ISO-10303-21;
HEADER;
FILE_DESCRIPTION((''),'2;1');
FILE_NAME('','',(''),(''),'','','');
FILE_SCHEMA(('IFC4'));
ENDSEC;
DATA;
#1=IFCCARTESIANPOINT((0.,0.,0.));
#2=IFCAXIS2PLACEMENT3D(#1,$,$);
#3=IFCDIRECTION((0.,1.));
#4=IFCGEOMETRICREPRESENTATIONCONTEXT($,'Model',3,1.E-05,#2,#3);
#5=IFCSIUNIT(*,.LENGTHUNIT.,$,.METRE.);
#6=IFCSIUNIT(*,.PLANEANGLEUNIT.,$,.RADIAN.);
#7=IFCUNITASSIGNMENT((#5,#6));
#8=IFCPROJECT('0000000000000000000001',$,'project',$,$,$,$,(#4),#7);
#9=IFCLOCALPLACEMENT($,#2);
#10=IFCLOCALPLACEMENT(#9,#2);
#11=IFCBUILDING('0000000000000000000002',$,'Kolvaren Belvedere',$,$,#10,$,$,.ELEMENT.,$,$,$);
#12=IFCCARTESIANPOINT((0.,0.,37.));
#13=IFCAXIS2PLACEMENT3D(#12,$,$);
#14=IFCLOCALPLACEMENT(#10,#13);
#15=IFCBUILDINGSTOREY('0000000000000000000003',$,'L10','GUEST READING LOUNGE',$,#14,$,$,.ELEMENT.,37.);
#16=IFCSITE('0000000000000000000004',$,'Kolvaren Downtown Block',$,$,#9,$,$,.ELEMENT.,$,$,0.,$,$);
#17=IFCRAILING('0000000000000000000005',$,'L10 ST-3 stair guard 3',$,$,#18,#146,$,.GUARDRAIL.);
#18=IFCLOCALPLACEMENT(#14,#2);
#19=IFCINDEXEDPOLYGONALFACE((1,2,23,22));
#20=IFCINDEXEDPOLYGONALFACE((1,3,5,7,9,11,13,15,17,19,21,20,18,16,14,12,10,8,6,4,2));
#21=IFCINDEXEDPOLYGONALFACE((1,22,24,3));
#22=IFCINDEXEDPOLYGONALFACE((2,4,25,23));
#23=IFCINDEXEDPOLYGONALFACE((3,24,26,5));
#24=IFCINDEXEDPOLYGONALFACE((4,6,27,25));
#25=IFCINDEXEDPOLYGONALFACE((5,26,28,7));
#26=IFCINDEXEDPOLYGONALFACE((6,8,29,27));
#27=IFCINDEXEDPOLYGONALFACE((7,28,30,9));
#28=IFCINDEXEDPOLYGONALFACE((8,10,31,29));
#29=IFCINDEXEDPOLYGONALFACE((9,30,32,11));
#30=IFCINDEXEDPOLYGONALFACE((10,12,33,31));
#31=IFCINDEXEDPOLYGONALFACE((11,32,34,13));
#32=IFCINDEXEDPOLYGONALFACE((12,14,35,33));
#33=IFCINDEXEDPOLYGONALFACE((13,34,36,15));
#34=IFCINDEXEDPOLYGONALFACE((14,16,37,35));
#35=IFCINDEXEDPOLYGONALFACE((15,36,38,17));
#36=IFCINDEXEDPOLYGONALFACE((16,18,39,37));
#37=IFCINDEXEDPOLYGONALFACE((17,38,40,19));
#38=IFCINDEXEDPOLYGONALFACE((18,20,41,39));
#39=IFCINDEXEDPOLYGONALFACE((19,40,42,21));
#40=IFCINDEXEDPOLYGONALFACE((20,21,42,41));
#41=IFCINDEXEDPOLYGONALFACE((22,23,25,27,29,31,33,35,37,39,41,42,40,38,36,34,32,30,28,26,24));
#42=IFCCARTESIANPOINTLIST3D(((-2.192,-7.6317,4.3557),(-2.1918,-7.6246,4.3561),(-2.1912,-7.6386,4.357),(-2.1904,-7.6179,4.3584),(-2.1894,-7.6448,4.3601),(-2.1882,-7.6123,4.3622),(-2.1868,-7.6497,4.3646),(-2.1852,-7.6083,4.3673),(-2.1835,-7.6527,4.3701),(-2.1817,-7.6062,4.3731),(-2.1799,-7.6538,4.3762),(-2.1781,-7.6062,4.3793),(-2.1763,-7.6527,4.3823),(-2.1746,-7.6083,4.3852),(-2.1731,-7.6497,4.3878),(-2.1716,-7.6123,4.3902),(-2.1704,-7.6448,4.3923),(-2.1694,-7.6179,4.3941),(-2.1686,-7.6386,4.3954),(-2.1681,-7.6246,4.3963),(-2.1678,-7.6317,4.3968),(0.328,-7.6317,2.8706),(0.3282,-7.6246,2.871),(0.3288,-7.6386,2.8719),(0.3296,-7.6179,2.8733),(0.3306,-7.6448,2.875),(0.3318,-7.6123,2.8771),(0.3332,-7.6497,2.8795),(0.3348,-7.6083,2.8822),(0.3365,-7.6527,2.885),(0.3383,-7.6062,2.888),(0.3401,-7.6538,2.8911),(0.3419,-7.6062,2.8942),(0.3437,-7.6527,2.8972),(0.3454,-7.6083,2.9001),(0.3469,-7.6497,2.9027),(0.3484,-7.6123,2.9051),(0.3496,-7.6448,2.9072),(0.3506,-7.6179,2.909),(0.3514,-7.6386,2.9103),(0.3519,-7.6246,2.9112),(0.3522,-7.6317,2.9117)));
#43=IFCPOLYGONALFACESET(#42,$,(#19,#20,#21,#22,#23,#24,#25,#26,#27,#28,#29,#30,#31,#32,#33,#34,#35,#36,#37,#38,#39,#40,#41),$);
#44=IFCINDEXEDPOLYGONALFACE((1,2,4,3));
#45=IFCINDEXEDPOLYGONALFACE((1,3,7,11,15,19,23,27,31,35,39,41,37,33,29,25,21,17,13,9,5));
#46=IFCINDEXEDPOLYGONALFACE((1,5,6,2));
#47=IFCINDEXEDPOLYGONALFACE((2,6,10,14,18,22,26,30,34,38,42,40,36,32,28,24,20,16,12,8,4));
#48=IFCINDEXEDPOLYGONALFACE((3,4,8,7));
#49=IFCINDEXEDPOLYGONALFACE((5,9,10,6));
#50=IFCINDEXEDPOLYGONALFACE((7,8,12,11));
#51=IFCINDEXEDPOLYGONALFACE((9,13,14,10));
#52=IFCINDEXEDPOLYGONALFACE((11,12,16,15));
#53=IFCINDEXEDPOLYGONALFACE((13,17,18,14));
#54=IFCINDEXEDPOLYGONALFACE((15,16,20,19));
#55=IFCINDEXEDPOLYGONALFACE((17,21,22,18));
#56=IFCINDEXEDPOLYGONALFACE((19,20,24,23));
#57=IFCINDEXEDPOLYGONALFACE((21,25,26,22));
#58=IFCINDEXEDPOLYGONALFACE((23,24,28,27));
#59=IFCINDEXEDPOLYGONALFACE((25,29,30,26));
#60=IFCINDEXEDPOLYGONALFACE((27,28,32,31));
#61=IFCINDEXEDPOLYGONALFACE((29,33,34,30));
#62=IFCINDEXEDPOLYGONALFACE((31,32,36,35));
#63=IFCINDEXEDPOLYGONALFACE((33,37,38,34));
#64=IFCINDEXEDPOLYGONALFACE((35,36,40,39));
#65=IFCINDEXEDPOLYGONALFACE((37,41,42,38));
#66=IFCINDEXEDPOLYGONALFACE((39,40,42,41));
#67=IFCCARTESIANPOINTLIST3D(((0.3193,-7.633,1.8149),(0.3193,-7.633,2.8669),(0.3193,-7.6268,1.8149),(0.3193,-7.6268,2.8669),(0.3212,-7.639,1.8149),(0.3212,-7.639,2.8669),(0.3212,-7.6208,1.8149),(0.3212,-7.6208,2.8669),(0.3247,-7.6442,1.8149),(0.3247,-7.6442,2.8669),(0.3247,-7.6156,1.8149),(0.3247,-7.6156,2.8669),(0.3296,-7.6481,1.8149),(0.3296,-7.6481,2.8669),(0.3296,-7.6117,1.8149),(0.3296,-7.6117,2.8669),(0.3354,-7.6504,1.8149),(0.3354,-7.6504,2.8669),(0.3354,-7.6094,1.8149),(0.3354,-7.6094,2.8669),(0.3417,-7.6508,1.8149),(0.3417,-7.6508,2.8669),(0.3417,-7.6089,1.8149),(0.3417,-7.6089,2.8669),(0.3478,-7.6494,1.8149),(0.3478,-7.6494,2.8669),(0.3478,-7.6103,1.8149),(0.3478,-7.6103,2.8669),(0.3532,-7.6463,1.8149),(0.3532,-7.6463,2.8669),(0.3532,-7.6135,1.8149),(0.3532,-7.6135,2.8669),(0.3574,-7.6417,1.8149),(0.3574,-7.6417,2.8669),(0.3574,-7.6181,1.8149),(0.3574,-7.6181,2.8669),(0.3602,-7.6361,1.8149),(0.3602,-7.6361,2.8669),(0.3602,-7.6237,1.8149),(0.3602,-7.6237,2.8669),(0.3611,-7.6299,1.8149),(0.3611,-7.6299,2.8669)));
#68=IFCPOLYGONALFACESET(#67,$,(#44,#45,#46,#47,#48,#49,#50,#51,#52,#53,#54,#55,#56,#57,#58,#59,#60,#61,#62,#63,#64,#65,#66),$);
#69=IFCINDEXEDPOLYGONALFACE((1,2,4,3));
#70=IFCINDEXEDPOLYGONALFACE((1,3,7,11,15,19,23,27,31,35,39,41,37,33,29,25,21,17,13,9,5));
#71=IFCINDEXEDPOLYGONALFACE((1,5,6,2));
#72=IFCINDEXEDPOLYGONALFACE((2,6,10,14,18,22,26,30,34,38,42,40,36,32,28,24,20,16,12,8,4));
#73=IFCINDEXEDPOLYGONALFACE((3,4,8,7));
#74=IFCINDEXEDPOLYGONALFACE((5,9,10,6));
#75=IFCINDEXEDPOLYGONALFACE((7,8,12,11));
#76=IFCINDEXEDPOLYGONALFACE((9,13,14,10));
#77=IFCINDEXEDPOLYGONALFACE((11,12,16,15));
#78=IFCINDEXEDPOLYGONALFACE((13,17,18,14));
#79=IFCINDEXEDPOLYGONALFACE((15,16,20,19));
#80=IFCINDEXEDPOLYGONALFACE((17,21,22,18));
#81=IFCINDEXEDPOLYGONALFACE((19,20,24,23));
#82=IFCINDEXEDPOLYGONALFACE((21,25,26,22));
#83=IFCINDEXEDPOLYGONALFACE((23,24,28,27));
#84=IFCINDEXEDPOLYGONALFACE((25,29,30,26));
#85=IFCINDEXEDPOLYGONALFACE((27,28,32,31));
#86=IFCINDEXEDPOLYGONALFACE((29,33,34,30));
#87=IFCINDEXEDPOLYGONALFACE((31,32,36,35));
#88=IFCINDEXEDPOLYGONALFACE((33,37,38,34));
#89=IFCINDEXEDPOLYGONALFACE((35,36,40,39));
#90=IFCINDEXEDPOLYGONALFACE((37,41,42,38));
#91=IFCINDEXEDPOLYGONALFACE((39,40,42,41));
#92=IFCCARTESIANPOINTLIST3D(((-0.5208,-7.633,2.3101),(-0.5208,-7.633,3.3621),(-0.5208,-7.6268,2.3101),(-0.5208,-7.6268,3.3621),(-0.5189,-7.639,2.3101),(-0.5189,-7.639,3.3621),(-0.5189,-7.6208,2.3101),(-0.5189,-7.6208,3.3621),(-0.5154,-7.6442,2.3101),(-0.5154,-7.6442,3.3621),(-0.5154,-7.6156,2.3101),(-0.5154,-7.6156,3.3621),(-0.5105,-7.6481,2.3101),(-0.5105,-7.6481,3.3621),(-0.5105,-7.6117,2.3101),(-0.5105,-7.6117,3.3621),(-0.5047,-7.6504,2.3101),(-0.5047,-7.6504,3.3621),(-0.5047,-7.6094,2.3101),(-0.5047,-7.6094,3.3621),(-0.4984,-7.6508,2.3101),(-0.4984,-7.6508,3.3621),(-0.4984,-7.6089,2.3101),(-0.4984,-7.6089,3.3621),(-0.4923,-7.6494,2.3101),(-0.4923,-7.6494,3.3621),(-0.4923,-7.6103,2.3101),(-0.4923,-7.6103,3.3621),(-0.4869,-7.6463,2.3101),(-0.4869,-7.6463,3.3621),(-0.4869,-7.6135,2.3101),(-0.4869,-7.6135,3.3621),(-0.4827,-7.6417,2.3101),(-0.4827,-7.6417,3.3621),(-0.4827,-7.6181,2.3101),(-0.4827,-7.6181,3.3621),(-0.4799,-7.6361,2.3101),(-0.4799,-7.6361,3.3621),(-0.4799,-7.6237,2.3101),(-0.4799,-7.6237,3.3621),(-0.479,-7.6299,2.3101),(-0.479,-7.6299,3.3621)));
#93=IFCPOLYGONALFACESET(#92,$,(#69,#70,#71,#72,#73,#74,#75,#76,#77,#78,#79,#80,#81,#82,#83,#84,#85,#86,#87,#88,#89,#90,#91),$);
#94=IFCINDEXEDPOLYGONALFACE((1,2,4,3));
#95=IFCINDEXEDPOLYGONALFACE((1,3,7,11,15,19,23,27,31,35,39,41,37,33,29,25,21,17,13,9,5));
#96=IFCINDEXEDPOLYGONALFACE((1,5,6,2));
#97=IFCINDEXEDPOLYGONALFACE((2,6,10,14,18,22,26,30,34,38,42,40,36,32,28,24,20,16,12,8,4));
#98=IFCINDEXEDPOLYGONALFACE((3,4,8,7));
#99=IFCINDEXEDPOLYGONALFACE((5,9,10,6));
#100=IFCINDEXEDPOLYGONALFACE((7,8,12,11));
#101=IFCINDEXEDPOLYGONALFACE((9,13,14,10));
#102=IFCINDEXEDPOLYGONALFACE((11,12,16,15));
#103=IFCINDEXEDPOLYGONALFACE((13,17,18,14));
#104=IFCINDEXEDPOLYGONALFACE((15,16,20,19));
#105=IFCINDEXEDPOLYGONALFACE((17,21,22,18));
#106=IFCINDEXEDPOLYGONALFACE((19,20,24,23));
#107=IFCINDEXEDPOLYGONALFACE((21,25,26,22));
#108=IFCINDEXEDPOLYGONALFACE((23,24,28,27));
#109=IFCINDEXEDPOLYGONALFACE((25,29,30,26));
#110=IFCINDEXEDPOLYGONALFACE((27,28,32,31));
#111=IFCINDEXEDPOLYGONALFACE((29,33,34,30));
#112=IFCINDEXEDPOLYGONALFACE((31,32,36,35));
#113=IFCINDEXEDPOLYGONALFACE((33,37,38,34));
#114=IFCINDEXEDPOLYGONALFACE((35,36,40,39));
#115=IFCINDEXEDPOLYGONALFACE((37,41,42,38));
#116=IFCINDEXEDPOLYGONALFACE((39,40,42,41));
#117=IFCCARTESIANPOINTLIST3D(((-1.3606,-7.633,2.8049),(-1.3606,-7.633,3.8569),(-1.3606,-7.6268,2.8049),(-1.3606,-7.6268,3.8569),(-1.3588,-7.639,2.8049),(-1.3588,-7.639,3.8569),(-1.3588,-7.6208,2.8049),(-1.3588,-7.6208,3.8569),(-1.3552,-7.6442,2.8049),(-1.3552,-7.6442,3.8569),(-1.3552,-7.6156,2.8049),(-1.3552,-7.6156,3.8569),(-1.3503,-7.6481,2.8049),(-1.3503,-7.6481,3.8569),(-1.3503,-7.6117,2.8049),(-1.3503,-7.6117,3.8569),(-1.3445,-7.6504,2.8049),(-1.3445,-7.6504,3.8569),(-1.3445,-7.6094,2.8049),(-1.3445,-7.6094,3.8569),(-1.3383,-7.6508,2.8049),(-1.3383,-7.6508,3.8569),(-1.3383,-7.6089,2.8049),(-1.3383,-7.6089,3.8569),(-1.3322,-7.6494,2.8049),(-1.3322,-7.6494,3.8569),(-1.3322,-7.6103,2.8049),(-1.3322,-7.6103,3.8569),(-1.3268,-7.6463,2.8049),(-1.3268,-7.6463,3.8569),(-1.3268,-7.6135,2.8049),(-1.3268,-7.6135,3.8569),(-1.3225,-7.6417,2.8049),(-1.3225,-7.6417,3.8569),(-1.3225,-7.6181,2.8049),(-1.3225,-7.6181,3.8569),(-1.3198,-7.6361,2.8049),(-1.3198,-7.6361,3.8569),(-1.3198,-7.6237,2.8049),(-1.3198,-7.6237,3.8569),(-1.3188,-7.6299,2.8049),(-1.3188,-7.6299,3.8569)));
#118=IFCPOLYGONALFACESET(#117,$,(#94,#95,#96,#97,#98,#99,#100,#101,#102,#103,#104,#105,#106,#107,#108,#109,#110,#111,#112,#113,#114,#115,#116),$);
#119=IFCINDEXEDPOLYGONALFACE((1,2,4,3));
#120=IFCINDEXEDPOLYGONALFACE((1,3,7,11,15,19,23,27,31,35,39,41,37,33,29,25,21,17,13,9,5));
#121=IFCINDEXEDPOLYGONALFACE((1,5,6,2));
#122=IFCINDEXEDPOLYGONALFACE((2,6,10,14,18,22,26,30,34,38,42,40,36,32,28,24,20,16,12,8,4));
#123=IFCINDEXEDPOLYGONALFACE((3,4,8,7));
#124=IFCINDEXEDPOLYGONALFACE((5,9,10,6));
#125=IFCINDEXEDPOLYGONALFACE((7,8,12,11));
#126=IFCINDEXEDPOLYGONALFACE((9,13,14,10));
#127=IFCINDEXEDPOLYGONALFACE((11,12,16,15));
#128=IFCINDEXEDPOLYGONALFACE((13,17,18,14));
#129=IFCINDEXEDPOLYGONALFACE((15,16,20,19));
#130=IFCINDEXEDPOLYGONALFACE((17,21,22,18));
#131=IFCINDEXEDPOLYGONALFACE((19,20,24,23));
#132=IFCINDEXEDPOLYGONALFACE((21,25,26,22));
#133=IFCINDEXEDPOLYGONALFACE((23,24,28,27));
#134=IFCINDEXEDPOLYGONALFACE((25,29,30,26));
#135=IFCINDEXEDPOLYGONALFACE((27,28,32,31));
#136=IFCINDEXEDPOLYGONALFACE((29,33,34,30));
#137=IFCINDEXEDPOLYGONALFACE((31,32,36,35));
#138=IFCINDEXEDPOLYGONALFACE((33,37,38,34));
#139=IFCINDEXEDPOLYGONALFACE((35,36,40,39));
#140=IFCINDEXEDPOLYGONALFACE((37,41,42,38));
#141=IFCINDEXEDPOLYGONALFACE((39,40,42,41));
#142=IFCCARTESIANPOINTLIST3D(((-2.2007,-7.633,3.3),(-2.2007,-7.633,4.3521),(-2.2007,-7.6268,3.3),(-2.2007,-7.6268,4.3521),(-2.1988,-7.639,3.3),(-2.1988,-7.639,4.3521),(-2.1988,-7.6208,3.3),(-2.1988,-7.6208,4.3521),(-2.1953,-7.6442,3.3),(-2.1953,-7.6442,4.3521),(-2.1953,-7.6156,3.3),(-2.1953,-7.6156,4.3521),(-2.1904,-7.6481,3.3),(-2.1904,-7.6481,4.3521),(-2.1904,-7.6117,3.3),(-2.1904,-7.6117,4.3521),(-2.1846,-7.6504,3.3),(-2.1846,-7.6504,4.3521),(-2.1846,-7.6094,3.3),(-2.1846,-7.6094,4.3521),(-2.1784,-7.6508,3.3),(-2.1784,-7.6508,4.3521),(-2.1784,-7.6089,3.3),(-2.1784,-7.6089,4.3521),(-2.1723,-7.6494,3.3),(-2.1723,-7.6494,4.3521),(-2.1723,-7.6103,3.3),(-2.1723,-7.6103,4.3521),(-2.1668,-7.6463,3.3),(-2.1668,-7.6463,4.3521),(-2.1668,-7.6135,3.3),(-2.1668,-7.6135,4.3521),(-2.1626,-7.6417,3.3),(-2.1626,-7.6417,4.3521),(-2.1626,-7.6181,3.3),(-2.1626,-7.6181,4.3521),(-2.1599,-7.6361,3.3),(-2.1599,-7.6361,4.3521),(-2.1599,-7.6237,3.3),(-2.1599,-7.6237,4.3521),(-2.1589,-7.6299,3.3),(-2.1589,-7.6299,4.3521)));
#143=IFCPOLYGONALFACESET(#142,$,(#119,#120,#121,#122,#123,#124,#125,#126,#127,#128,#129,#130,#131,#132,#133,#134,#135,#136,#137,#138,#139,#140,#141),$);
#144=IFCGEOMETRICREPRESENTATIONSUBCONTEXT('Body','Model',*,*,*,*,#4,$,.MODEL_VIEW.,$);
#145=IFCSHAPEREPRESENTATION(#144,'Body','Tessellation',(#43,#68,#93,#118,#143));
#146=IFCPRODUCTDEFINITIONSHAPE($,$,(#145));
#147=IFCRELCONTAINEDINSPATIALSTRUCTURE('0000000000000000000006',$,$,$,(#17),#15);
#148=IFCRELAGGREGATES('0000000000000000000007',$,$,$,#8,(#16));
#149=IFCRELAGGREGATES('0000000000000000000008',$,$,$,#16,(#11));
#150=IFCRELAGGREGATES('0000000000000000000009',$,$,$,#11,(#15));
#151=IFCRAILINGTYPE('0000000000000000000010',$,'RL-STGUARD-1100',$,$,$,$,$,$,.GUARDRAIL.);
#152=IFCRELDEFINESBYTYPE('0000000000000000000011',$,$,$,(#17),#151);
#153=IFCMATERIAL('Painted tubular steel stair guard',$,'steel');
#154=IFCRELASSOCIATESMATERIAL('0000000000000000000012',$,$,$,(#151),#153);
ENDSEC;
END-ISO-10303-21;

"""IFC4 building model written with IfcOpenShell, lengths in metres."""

from ifc_helpers import new_model, si_unit, direction, frame, origin, origin_2d, place, context, subcontext, project, spatial, circle, extrude, material, type_object, element, save


model = new_model("IFC4")

# Units and contexts
model_context = context("Model", 3, precision=1e-05, world=origin(), true_north=direction((0.0, 1.0)))
body_context = subcontext(model_context, "Body", "Model", "MODEL_VIEW")
ifc_project = project(units=[si_unit("LENGTHUNIT", "METRE"), si_unit("PLANEANGLEUNIT", "RADIAN")], contexts=[model_context])

# Site, building, storey
site_placement = place(None, origin())
site = spatial("IfcSite", under=ifc_project, at=site_placement, Name="Kolvaren Downtown Block", CompositionType="ELEMENT", RefElevation=0.0)
building_placement = place(site_placement, origin())
building = spatial("IfcBuilding", under=site, at=building_placement, Name="Kolvaren Belvedere", CompositionType="ELEMENT")
storey_placement = place(building_placement, frame((0.0, 0.0, 37.0)))
storey = spatial("IfcBuildingStorey", under=building, at=storey_placement, Name="L10", Description="GUEST READING LOUNGE", CompositionType="ELEMENT", Elevation=37.0)

# Railing
ifc_material_1 = material(Name="Painted tubular steel stair guard", Category="steel")
railing_type_1 = type_object("IfcRailingType", Name="RL-STGUARD-1100", PredefinedType="GUARDRAIL", material=ifc_material_1)
railing_1_placement = place(storey_placement, frame((0.3401, -7.6299, 1.8149)))
element("IfcRailing", 1, at=railing_1_placement, inside=storey, type_object=railing_type_1, Name="L10 ST-3 stair guard 3", PredefinedType="GUARDRAIL", context=body_context, shape_type="SweptSolid", body=[
    extrude(circle(Radius=0.0239, at=origin_2d()), frame((0.0, 0.0, 1.0762), z_axis=(-0.861524, 0.0, 0.507717), x_axis=(0.0, -1.0, 0.0)), (0.0, 0.0, 1.0), 2.925),
    extrude(circle(Radius=0.021, at=origin_2d()), origin(), (0.0, 0.0, 1.0), 1.052),
    extrude(circle(Radius=0.021, at=origin_2d()), frame((-0.8401, 0.0, 0.4951)), (0.0, 0.0, 1.0), 1.052),
    extrude(circle(Radius=0.021, at=origin_2d()), frame((-1.6799, 0.0, 0.99)), (0.0, 0.0, 1.0), 1.052),
    extrude(circle(Radius=0.021, at=origin_2d()), frame((-2.52, 0.0, 1.4851)), (0.0, 0.0, 1.0), 1.052),
])

save(model, "model.ifc")
